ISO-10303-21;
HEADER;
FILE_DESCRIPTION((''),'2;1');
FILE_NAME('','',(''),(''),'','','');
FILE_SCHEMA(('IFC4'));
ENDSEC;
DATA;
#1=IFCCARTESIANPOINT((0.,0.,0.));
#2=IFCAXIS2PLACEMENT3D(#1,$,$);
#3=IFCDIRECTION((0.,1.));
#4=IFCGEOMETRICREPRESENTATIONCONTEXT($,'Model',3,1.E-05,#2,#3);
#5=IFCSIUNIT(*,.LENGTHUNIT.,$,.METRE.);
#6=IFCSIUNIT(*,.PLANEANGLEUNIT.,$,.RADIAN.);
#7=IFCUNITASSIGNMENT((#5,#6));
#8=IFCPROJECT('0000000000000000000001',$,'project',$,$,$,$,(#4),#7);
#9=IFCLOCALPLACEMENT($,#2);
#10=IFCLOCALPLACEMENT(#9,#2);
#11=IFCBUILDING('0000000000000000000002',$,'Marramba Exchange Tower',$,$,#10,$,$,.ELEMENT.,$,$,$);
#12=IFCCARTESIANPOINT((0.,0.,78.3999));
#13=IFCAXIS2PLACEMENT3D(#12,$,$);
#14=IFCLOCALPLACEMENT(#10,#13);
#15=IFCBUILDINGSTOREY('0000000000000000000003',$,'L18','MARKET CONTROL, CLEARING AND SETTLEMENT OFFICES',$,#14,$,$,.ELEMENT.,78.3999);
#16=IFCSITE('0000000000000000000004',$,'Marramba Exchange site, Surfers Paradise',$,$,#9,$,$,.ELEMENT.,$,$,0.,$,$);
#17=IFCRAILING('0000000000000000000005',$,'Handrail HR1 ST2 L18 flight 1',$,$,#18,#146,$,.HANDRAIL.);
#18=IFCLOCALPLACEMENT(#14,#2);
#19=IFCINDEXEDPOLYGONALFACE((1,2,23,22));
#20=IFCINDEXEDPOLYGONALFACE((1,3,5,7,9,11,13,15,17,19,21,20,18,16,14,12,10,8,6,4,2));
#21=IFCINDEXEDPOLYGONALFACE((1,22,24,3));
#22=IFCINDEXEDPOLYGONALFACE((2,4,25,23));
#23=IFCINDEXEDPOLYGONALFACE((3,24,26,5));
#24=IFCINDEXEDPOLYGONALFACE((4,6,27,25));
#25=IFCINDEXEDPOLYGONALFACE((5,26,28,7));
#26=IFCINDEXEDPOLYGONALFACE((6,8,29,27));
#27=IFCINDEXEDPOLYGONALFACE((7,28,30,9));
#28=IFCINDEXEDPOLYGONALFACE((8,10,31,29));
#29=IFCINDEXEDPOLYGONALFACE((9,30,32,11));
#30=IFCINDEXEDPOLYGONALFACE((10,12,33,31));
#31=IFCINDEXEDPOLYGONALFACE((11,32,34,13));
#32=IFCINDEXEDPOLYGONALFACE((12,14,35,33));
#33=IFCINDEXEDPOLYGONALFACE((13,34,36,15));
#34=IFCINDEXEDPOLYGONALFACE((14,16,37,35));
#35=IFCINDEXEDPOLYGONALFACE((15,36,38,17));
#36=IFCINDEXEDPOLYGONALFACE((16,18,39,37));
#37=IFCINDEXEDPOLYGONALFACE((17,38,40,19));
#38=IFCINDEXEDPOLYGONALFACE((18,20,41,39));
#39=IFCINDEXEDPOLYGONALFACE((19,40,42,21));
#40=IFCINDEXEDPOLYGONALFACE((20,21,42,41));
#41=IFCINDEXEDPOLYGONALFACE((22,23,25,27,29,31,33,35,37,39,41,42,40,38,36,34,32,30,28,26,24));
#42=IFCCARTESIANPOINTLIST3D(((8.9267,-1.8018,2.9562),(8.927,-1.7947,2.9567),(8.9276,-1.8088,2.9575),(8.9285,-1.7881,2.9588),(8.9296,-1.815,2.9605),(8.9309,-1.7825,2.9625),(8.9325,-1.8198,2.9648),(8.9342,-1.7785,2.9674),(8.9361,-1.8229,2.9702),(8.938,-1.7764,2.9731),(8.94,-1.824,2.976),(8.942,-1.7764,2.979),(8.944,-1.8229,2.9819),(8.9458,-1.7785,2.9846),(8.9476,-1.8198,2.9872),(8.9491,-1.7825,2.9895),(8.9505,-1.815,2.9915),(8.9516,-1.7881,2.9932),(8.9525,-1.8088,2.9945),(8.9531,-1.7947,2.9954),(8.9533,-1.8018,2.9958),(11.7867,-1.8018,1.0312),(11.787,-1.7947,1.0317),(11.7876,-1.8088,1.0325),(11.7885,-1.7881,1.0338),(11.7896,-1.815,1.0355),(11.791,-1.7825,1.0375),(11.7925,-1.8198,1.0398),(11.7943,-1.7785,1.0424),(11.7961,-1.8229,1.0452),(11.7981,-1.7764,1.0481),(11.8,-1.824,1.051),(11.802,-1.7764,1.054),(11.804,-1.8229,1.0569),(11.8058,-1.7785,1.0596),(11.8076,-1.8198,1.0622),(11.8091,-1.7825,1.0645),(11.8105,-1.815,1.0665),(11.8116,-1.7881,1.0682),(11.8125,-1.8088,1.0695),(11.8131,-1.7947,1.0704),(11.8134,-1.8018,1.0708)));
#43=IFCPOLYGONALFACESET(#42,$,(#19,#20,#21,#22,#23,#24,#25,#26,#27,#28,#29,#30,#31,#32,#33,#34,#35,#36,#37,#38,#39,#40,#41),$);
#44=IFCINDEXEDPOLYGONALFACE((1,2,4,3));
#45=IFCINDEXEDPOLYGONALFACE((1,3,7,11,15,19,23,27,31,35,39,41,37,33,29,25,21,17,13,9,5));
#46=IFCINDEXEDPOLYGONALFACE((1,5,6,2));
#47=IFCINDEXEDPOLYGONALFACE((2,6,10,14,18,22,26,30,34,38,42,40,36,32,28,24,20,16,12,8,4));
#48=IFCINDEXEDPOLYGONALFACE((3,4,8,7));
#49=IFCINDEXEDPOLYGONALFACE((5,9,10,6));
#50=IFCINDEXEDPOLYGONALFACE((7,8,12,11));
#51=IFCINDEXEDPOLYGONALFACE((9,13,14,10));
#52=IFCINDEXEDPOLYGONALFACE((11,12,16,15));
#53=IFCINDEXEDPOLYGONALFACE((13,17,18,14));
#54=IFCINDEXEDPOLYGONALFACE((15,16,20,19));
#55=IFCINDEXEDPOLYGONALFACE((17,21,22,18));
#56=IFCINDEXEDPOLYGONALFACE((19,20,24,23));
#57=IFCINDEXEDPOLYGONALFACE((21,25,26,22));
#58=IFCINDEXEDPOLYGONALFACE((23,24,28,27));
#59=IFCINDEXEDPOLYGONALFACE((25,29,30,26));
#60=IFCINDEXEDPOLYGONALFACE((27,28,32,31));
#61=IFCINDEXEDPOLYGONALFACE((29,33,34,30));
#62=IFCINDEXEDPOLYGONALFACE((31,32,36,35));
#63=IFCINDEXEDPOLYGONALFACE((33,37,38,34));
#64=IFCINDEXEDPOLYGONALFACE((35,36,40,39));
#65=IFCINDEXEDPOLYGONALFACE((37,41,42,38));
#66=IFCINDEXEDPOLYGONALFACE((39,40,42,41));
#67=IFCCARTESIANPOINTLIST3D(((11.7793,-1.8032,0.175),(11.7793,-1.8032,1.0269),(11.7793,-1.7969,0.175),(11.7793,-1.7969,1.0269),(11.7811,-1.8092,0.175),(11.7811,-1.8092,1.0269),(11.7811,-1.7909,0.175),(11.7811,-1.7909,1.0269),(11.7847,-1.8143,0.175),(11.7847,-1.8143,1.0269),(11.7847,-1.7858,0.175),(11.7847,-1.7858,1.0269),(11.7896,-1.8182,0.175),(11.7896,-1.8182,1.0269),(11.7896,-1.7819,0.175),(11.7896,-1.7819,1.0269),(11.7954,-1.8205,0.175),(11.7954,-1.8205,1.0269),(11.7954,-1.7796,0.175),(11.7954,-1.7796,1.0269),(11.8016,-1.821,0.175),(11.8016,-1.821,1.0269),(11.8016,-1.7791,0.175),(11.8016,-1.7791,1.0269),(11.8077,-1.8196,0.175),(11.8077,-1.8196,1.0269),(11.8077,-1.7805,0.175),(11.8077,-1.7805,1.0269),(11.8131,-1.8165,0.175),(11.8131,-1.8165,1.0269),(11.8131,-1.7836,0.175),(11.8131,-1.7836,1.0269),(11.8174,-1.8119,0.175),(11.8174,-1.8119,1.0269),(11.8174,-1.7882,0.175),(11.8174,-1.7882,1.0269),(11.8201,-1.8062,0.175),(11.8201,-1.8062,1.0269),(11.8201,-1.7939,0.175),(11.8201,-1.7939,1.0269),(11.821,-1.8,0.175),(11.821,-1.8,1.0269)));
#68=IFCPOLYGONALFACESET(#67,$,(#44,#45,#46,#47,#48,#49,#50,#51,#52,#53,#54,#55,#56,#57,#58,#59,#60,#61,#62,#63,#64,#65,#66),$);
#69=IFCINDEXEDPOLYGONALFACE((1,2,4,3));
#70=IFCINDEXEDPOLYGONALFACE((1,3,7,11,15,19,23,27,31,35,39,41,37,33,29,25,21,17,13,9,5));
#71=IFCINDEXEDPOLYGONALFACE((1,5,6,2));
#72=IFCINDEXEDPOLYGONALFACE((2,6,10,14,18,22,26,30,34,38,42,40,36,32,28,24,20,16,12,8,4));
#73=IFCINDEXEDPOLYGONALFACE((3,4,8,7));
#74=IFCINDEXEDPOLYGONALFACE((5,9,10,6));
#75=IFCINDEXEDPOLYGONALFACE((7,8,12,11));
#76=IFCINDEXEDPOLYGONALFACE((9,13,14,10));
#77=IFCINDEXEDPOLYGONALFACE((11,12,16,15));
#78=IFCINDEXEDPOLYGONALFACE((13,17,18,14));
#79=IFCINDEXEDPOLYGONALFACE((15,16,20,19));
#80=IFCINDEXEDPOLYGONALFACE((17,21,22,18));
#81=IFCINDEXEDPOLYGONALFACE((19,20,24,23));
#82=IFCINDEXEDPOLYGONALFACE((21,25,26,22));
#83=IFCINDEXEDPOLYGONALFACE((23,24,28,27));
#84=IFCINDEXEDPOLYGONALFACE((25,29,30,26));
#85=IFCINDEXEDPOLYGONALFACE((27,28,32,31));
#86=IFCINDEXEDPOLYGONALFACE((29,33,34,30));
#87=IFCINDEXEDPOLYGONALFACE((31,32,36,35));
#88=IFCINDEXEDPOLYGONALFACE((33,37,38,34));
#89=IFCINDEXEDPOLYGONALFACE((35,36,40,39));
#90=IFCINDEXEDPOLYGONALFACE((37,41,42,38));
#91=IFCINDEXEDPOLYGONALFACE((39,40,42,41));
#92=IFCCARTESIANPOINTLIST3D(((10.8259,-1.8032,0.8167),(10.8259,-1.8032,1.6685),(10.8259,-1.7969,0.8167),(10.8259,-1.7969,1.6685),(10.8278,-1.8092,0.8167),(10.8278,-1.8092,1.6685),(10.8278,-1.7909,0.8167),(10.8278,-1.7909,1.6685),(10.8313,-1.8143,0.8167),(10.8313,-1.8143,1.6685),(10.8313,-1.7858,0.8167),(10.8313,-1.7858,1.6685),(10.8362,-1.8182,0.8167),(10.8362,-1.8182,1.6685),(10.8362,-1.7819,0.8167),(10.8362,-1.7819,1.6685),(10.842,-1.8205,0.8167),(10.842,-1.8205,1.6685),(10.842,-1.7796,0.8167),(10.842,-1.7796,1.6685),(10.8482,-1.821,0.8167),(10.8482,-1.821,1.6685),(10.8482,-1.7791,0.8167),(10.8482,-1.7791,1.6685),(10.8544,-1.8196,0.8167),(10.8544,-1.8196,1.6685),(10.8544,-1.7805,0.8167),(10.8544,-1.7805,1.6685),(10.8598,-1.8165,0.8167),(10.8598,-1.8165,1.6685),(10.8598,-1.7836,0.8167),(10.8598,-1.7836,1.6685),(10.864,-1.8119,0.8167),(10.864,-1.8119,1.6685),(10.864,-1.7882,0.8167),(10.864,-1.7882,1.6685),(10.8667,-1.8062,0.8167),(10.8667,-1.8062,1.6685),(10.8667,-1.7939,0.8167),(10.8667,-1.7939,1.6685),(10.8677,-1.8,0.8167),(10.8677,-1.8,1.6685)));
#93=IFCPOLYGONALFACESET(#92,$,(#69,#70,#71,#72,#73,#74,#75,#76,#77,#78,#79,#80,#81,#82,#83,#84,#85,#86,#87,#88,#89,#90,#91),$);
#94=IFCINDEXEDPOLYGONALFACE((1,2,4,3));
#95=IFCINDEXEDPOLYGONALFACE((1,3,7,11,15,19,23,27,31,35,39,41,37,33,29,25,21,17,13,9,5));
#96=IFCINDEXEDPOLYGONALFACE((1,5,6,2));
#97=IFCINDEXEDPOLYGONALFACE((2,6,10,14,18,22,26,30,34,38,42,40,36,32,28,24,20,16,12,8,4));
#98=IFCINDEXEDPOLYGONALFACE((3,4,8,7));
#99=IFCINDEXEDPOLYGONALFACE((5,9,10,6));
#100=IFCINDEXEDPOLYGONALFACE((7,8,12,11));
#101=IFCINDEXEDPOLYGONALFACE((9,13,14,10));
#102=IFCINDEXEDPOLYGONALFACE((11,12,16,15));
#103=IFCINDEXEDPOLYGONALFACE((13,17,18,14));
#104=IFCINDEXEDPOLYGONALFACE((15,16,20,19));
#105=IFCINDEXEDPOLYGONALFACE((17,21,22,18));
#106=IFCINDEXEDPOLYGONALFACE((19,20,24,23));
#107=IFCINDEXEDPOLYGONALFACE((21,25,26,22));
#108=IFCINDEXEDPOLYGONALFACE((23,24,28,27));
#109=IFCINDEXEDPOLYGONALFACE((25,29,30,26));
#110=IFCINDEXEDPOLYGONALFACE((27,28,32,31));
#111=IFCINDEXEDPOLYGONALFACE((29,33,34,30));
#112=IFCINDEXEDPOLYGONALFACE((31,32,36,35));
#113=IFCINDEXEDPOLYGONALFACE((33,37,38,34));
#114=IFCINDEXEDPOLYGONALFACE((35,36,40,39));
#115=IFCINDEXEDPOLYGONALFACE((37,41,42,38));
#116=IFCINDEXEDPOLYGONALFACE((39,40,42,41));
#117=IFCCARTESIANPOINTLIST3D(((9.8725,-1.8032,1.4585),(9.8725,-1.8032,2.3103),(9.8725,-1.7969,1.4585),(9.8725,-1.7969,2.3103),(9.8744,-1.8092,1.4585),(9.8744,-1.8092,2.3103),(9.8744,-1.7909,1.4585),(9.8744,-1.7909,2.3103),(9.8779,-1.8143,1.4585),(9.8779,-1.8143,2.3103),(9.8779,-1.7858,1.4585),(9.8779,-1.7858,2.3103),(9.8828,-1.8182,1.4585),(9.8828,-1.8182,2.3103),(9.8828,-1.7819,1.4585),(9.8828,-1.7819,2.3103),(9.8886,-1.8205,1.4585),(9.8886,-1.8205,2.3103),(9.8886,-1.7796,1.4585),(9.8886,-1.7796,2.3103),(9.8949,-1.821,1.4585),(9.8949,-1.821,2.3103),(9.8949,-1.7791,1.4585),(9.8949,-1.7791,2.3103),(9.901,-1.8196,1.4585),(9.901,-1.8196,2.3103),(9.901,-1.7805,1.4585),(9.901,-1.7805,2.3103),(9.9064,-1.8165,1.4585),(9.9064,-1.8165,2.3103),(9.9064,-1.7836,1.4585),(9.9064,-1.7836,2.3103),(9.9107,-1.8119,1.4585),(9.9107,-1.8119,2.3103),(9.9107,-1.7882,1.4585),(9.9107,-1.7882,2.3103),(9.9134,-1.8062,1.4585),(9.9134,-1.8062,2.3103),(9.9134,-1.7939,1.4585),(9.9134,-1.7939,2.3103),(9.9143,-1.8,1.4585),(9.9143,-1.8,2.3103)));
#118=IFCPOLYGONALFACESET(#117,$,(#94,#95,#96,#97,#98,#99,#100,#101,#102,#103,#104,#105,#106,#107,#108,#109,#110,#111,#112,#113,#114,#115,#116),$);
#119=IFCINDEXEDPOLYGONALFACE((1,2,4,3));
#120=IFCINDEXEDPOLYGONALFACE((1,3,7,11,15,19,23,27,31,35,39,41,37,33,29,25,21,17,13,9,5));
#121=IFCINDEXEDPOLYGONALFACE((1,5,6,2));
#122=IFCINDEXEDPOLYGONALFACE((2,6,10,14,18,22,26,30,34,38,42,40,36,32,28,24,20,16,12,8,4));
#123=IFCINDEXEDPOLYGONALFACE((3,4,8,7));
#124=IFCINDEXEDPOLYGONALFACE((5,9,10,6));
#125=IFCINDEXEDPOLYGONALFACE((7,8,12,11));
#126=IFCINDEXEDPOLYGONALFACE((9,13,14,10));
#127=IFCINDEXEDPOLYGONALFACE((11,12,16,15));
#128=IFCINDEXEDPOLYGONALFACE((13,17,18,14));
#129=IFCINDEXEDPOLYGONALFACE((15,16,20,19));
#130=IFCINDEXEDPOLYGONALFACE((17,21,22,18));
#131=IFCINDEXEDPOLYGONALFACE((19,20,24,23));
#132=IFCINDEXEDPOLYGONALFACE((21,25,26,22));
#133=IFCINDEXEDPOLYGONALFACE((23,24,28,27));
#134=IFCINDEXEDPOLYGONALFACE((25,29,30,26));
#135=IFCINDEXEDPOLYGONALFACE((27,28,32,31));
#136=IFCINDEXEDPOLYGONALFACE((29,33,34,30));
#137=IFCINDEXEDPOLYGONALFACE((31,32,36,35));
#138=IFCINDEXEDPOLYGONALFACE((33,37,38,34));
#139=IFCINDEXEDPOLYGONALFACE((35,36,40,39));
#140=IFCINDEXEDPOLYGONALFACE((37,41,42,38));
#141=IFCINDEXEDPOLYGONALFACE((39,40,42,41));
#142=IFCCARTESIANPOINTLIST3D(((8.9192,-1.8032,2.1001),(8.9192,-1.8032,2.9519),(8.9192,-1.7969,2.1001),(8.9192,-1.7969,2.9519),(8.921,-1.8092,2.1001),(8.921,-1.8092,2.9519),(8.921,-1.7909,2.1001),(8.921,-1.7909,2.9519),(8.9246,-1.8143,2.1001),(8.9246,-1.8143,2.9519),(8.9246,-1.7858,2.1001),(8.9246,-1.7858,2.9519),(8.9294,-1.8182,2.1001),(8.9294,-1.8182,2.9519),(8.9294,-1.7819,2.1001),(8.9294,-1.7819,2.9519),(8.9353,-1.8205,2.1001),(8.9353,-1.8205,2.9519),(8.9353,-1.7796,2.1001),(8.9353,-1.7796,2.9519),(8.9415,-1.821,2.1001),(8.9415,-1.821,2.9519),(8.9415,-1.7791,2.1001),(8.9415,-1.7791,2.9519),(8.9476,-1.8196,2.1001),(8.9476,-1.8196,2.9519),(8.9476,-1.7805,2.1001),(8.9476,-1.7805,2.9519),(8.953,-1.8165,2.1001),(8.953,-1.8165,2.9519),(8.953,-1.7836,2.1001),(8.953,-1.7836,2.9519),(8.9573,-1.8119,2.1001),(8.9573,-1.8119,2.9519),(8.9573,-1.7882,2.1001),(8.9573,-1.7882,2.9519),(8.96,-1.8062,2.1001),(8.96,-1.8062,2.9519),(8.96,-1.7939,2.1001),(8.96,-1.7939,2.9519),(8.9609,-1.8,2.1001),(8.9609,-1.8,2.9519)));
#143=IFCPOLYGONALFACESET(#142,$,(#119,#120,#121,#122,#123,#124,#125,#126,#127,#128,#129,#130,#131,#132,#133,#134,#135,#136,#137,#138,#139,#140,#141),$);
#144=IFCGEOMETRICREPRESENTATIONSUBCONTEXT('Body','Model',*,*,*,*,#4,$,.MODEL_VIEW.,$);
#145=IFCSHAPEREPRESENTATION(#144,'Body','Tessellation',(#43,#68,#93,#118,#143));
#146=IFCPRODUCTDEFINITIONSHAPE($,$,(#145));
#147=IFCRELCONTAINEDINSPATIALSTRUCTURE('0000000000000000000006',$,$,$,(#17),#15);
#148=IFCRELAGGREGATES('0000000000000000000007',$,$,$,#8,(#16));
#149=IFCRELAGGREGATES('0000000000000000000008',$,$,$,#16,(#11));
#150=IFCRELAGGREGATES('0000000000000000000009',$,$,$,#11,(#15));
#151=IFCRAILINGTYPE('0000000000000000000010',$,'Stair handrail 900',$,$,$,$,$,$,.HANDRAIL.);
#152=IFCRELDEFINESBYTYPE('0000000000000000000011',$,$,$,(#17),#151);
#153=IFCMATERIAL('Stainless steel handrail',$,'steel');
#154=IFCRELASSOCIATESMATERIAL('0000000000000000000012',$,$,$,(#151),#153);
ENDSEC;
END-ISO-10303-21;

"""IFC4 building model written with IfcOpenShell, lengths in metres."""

from ifc_helpers import new_model, si_unit, direction, frame, origin, origin_2d, place, context, subcontext, project, spatial, circle, extrude, material, type_object, element, save


model = new_model("IFC4")

# Units and contexts
model_context = context("Model", 3, precision=1e-05, world=origin(), true_north=direction((0.0, 1.0)))
body_context = subcontext(model_context, "Body", "Model", "MODEL_VIEW")
ifc_project = project(units=[si_unit("LENGTHUNIT", "METRE"), si_unit("PLANEANGLEUNIT", "RADIAN")], contexts=[model_context])

# Site, building, storey
site_placement = place(None, origin())
site = spatial("IfcSite", under=ifc_project, at=site_placement, Name="Marramba Exchange site, Surfers Paradise", CompositionType="ELEMENT", RefElevation=0.0)
building_placement = place(site_placement, origin())
building = spatial("IfcBuilding", under=site, at=building_placement, Name="Marramba Exchange Tower", CompositionType="ELEMENT")
storey_placement = place(building_placement, frame((0.0, 0.0, 78.3999)))
storey = spatial("IfcBuildingStorey", under=building, at=storey_placement, Name="L18", Description="MARKET CONTROL, CLEARING AND SETTLEMENT OFFICES", CompositionType="ELEMENT", Elevation=78.3999)

# Railing
ifc_material_1 = material(Name="Stainless steel handrail", Category="steel")
railing_type = type_object("IfcRailingType", Name="Stair handrail 900", PredefinedType="HANDRAIL", material=ifc_material_1)
railing_placement = place(storey_placement, frame((11.8, -1.8, 0.175)))
element("IfcRailing", 1, at=railing_placement, inside=storey, type_object=railing_type, Name="Handrail HR1 ST2 L18 flight 1", PredefinedType="HANDRAIL", context=body_context, shape_type="SweptSolid", body=[
    extrude(circle(Radius=0.0239, at=origin_2d()), frame((0.0, 0.0, 0.876), z_axis=(-0.829591, 0.0, 0.558372), x_axis=(0.0, -1.0, 0.0)), (0.0, 0.0, 1.0), 3.4475),
    extrude(circle(Radius=0.021, at=origin_2d()), origin(), (0.0, 0.0, 1.0), 0.8518),
    extrude(circle(Radius=0.021, at=origin_2d()), frame((-0.9534, 0.0, 0.6416)), (0.0, 0.0, 1.0), 0.8518),
    extrude(circle(Radius=0.021, at=origin_2d()), frame((-1.9067, 0.0, 1.2834)), (0.0, 0.0, 1.0), 0.8518),
    extrude(circle(Radius=0.021, at=origin_2d()), frame((-2.8601, 0.0, 1.925)), (0.0, 0.0, 1.0), 0.8518),
])

save(model, "model.ifc")
